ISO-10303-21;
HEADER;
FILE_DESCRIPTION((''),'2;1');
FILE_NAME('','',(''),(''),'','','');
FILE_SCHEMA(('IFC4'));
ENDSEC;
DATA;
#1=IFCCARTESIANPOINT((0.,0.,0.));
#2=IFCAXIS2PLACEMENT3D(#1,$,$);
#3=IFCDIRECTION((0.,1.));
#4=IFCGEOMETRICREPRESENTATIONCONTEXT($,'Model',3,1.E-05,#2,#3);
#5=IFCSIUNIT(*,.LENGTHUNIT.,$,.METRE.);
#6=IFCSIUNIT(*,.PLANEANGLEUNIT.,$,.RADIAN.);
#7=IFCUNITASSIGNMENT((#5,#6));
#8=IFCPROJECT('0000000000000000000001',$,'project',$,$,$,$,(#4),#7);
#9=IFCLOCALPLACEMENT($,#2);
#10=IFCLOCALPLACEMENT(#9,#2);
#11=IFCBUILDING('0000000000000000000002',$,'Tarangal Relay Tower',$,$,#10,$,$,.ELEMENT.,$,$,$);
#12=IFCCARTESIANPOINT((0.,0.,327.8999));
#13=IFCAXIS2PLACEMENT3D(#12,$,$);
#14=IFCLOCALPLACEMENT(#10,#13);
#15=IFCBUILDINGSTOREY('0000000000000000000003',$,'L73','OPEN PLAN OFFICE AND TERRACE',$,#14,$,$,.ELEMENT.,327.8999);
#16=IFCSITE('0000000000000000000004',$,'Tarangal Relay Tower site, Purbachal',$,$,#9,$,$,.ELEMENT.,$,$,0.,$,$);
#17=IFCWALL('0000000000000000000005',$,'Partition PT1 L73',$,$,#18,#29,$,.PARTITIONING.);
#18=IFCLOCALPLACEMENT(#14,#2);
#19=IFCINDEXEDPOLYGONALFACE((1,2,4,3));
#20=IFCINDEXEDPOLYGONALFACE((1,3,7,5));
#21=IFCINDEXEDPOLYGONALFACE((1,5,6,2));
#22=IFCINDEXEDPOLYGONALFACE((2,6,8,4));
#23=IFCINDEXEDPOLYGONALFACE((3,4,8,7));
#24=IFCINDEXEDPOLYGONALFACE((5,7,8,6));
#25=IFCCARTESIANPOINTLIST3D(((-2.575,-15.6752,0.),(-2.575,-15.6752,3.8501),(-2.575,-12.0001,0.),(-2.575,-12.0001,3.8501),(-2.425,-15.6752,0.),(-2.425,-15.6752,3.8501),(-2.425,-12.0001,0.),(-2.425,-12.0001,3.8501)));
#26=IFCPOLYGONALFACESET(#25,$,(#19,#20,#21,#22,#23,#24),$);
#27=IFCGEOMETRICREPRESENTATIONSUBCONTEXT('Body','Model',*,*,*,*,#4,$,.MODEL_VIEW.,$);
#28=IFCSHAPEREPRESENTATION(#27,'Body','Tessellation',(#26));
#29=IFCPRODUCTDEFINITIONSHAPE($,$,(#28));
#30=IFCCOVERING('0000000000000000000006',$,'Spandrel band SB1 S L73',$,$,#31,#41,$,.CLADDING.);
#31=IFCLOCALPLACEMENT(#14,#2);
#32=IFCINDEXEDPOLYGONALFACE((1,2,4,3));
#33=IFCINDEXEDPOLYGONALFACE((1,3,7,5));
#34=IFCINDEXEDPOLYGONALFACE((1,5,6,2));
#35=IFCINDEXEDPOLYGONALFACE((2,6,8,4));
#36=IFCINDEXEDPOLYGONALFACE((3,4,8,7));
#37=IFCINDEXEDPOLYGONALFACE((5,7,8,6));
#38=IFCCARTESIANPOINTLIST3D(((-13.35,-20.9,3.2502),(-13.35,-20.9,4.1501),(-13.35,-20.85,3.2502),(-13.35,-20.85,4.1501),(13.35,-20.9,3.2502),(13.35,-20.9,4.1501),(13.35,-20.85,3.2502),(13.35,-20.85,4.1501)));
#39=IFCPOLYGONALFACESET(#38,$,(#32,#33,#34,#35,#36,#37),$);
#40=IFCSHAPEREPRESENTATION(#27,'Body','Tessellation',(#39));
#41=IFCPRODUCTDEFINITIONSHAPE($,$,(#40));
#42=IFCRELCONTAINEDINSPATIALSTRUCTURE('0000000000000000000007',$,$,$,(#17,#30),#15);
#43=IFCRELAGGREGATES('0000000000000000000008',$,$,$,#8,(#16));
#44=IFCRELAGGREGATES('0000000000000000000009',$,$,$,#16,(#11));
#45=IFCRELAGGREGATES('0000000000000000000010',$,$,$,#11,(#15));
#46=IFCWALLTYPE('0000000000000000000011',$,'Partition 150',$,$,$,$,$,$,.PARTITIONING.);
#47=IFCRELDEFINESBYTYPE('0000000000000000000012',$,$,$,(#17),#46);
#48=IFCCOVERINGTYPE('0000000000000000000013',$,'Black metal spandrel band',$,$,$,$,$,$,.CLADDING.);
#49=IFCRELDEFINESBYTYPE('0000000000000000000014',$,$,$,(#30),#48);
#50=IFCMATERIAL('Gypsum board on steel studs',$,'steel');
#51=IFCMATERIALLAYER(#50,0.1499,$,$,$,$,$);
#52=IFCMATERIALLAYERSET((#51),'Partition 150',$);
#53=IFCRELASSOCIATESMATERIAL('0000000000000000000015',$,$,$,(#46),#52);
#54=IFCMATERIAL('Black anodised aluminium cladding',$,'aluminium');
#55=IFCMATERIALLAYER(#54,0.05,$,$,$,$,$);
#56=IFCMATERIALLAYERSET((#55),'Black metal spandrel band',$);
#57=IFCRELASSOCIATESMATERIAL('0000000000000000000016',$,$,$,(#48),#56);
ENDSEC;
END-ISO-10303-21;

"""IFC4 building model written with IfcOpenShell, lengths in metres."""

from ifc_helpers import new_model, si_unit, direction, frame, frame_2d, origin, origin_2d, place, context, subcontext, project, spatial, rectangle, extrude, material, layer, layer_set, type_object, element, save


model = new_model("IFC4")

# Units and contexts
model_context = context("Model", 3, precision=1e-05, world=origin(), true_north=direction((0.0, 1.0)))
body_context = subcontext(model_context, "Body", "Model", "MODEL_VIEW")
ifc_project = project(units=[si_unit("LENGTHUNIT", "METRE"), si_unit("PLANEANGLEUNIT", "RADIAN")], contexts=[model_context])

# Site, building, storey
site_placement = place(None, origin())
site = spatial("IfcSite", under=ifc_project, at=site_placement, Name="Tarangal Relay Tower site, Purbachal", CompositionType="ELEMENT", RefElevation=0.0)
building_placement = place(site_placement, origin())
building = spatial("IfcBuilding", under=site, at=building_placement, Name="Tarangal Relay Tower", CompositionType="ELEMENT")
storey_placement = place(building_placement, frame((0.0, 0.0, 327.8999)))
storey = spatial("IfcBuildingStorey", under=building, at=storey_placement, Name="L73", Description="OPEN PLAN OFFICE AND TERRACE", CompositionType="ELEMENT", Elevation=327.8999)

# Shared definitions
ifc_material_1 = material(Name="Gypsum board on steel studs", Category="steel")
ifc_layer_1 = layer(ifc_material_1, 0.1499)
ifc_layer_set_1 = layer_set([ifc_layer_1], Name="Partition 150")
wall_type_1 = type_object("IfcWallType", Name="Partition 150", PredefinedType="PARTITIONING", material=ifc_layer_set_1)

# Wall
wall_1_placement = place(storey_placement, frame((-2.5, -15.675, 0.0), z_axis=(0.0, 0.0, 1.0), x_axis=(0.0, 1.0, 0.0)))
element("IfcWall", 1, at=wall_1_placement, inside=storey, type_object=wall_type_1, Name="Partition PT1 L73", PredefinedType="PARTITIONING", context=body_context, shape_type="SweptSolid", body=[
    extrude(rectangle(XDim=3.675, YDim=0.1499, at=frame_2d((1.8374, 0.0))), origin(), (0.0, 0.0, 1.0), 3.8501),
])

# Covering
ifc_material_2 = material(Name="Black anodised aluminium cladding", Category="aluminium")
ifc_layer_2 = layer(ifc_material_2, 0.05)
ifc_layer_set_2 = layer_set([ifc_layer_2], Name="Black metal spandrel band")
covering_type = type_object("IfcCoveringType", Name="Black metal spandrel band", PredefinedType="CLADDING", material=ifc_layer_set_2)
covering_placement = place(storey_placement, frame((0.0, -20.875, 3.2502), z_axis=(0.0, 0.0, 1.0), x_axis=(-1.0, 0.0, 0.0)))
element("IfcCovering", 2, at=covering_placement, inside=storey, type_object=covering_type, Name="Spandrel band SB1 S L73", PredefinedType="CLADDING", context=body_context, shape_type="SweptSolid", body=[
    extrude(rectangle(XDim=26.7, YDim=0.05, at=origin_2d()), origin(), (0.0, 0.0, 1.0), 0.8999),
])

save(model, "model.ifc")
